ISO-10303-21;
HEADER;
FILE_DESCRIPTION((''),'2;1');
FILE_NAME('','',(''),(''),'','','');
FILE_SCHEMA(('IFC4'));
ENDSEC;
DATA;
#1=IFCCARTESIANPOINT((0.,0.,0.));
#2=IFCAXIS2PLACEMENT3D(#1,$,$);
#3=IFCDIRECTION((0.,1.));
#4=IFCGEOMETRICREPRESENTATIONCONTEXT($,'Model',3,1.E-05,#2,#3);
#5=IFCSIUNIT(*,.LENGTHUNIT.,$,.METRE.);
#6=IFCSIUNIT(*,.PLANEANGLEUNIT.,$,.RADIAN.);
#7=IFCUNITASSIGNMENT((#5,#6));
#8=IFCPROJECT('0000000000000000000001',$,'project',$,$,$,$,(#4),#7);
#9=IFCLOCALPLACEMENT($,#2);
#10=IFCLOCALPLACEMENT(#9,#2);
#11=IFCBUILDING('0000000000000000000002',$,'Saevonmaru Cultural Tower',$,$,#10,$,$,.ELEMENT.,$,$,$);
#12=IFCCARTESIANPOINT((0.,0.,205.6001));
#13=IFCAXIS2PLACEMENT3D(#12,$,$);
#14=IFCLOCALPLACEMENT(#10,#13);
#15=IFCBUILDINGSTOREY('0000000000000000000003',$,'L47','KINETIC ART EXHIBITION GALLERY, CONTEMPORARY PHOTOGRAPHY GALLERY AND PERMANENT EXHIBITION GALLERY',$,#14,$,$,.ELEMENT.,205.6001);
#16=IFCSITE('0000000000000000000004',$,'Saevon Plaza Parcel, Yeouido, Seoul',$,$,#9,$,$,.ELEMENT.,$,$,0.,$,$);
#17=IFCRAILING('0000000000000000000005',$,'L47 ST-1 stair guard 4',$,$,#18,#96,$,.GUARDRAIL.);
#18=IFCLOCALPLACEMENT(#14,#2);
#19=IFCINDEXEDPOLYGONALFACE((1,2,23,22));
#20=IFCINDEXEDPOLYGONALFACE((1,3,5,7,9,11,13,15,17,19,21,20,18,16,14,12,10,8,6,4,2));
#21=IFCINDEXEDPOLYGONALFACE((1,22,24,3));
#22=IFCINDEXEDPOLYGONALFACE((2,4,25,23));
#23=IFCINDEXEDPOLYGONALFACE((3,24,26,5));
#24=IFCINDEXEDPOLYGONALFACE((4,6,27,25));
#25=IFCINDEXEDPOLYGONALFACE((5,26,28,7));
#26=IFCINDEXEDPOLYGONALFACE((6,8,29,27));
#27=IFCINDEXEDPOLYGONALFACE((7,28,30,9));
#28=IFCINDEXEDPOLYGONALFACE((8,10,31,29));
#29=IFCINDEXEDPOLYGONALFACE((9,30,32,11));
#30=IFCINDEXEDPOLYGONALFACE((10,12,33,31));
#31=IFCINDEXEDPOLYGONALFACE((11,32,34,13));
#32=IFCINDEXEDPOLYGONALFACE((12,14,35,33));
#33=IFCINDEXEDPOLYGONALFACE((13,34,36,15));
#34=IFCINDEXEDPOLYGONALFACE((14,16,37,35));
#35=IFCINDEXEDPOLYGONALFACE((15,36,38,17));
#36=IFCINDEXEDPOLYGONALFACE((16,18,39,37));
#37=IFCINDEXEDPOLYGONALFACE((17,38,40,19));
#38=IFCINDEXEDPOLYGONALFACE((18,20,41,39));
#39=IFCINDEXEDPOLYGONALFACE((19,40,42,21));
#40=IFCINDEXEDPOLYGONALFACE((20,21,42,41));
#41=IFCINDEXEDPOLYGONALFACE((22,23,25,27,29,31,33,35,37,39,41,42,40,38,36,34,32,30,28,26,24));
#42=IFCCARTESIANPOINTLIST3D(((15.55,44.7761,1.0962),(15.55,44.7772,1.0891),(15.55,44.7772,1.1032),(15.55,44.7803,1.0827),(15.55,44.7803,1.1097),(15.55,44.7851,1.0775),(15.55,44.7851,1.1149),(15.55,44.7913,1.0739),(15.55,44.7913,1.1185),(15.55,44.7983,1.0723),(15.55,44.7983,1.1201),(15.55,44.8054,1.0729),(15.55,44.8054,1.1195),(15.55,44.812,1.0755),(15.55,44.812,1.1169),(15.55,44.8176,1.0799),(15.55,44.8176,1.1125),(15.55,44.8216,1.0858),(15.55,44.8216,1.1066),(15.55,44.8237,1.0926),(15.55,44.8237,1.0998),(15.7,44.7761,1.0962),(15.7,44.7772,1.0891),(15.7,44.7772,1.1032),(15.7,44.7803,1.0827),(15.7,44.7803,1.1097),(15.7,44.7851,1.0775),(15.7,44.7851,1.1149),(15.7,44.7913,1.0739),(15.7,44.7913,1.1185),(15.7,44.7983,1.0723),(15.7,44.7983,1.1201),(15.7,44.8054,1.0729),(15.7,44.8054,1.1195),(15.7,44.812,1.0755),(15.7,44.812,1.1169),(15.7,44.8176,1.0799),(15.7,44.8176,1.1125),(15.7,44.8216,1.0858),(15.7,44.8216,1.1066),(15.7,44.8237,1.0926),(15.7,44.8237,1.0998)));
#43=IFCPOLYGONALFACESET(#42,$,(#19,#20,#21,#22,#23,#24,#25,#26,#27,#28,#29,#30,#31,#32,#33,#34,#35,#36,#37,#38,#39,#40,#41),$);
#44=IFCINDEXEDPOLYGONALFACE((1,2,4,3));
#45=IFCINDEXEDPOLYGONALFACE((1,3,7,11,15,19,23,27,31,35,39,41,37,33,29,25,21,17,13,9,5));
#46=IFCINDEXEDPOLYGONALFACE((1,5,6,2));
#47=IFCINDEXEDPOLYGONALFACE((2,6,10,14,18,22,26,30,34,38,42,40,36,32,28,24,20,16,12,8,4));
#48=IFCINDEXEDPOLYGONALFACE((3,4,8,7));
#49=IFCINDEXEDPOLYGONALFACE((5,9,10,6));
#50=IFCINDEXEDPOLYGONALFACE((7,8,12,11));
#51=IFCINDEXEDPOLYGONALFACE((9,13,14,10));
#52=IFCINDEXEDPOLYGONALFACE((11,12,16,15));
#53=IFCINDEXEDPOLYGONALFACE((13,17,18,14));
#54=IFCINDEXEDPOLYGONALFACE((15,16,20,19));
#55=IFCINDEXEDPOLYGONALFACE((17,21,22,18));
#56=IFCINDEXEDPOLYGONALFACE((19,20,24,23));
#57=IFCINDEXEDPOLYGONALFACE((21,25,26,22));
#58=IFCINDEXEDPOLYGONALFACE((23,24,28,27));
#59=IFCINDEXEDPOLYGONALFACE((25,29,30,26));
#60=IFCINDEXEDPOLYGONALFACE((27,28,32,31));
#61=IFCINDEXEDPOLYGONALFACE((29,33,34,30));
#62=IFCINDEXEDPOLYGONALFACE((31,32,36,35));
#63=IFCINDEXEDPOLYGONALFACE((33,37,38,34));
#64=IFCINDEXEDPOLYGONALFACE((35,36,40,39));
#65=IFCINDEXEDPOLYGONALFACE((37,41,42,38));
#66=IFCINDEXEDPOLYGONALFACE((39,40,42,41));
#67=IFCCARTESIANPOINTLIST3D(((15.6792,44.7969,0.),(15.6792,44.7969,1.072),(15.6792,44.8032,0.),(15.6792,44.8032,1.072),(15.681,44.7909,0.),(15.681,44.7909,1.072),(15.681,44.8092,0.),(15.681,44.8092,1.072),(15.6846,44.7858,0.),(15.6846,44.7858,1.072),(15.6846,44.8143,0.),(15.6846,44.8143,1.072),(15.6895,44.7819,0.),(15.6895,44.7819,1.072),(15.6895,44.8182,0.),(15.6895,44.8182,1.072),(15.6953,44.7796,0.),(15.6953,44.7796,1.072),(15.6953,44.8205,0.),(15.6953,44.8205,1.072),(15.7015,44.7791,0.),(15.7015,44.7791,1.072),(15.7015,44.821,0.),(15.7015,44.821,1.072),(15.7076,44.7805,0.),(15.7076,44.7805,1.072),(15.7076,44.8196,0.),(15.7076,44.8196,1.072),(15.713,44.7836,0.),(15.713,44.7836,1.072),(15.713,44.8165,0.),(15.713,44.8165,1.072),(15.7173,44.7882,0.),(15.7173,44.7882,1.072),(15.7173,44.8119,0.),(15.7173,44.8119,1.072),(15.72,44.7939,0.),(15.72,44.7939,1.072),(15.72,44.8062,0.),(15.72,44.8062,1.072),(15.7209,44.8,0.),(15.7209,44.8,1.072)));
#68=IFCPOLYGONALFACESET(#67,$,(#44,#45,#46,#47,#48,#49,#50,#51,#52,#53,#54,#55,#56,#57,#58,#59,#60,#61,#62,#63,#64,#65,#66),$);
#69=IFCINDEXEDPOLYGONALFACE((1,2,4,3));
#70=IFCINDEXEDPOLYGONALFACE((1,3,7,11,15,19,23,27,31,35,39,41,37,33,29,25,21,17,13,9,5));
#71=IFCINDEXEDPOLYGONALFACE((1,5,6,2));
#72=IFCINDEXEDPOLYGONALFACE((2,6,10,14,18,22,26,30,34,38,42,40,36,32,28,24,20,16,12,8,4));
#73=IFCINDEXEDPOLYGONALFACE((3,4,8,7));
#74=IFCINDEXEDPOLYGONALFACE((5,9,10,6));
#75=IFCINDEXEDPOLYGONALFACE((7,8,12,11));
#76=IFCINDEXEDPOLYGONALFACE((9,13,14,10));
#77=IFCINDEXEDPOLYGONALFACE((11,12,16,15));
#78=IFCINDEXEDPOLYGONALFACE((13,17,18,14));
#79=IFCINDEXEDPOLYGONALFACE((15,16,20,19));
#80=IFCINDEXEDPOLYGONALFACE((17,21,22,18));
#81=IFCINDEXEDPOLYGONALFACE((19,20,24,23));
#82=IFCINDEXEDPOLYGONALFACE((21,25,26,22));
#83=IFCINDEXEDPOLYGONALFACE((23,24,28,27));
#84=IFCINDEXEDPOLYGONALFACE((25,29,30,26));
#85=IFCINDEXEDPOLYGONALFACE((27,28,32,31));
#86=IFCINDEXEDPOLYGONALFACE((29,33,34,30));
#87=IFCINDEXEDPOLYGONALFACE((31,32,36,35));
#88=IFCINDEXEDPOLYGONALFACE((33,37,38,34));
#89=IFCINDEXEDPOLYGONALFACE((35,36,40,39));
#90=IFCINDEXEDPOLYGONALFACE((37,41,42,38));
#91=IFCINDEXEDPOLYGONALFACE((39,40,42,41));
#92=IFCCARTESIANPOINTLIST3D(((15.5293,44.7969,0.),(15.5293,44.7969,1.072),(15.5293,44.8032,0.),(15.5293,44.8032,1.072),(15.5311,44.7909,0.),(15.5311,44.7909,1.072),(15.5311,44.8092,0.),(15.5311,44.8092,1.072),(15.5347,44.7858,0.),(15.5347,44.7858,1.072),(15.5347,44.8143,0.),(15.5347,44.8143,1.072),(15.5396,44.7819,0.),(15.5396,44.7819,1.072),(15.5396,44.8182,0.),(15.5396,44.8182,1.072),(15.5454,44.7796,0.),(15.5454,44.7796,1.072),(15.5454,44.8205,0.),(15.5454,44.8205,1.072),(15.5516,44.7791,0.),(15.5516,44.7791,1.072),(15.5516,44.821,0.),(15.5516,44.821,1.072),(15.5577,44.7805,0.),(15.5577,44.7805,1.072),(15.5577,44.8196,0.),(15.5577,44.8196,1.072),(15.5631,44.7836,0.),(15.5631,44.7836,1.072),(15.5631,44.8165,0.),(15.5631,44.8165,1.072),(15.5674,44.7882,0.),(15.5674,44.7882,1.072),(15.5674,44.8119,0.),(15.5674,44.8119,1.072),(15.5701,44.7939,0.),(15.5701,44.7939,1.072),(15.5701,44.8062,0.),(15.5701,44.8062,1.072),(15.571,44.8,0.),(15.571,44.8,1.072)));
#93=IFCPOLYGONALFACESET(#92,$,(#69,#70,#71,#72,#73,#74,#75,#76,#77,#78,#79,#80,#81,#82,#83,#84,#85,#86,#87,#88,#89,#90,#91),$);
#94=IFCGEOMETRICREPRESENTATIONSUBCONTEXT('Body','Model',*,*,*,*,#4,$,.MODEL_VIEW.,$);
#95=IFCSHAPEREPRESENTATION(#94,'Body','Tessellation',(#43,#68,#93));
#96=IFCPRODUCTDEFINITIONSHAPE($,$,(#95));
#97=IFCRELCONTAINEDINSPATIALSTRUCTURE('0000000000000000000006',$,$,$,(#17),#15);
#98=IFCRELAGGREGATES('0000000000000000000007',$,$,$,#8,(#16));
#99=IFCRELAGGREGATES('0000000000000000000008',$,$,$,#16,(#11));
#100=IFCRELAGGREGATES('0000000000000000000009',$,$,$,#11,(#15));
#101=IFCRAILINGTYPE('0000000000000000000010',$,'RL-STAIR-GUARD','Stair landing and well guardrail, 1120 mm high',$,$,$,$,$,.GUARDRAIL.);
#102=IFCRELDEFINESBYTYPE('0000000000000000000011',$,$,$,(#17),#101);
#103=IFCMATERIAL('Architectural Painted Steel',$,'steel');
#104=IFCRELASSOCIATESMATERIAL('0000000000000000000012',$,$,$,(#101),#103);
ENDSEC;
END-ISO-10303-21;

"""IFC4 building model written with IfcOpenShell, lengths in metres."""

from ifc_helpers import new_model, si_unit, direction, frame, origin, origin_2d, place, context, subcontext, project, spatial, circle, extrude, material, type_object, element, save


model = new_model("IFC4")

# Units and contexts
model_context = context("Model", 3, precision=1e-05, world=origin(), true_north=direction((0.0, 1.0)))
body_context = subcontext(model_context, "Body", "Model", "MODEL_VIEW")
ifc_project = project(units=[si_unit("LENGTHUNIT", "METRE"), si_unit("PLANEANGLEUNIT", "RADIAN")], contexts=[model_context])

# Site, building, storey
site_placement = place(None, origin())
site = spatial("IfcSite", under=ifc_project, at=site_placement, Name="Saevon Plaza Parcel, Yeouido, Seoul", CompositionType="ELEMENT", RefElevation=0.0)
building_placement = place(site_placement, origin())
building = spatial("IfcBuilding", under=site, at=building_placement, Name="Saevonmaru Cultural Tower", CompositionType="ELEMENT")
storey_placement = place(building_placement, frame((0.0, 0.0, 205.6001)))
storey = spatial("IfcBuildingStorey", under=building, at=storey_placement, Name="L47", Description="KINETIC ART EXHIBITION GALLERY, CONTEMPORARY PHOTOGRAPHY GALLERY AND PERMANENT EXHIBITION GALLERY", CompositionType="ELEMENT", Elevation=205.6001)

# Railing
ifc_material_1 = material(Name="Architectural Painted Steel", Category="steel")
railing_type_1 = type_object("IfcRailingType", Name="RL-STAIR-GUARD", Description="Stair landing and well guardrail, 1120 mm high", PredefinedType="GUARDRAIL", material=ifc_material_1)
railing_1_placement = place(storey_placement, frame((15.7, 44.8, 0.0)))
element("IfcRailing", 1, at=railing_1_placement, inside=storey, type_object=railing_type_1, Name="L47 ST-1 stair guard 4", PredefinedType="GUARDRAIL", context=body_context, shape_type="SweptSolid", body=[
    extrude(circle(Radius=0.0239, at=origin_2d()), frame((0.0, 0.0, 1.0962), z_axis=(-1.0, 0.0, 0.0), x_axis=(0.0, -1.0, 0.0)), (0.0, 0.0, 1.0), 0.1499),
    extrude(circle(Radius=0.021, at=origin_2d()), origin(), (0.0, 0.0, 1.0), 1.072),
    extrude(circle(Radius=0.021, at=origin_2d()), frame((-0.1499, 0.0, 0.0)), (0.0, 0.0, 1.0), 1.072),
])

save(model, "model.ifc")
